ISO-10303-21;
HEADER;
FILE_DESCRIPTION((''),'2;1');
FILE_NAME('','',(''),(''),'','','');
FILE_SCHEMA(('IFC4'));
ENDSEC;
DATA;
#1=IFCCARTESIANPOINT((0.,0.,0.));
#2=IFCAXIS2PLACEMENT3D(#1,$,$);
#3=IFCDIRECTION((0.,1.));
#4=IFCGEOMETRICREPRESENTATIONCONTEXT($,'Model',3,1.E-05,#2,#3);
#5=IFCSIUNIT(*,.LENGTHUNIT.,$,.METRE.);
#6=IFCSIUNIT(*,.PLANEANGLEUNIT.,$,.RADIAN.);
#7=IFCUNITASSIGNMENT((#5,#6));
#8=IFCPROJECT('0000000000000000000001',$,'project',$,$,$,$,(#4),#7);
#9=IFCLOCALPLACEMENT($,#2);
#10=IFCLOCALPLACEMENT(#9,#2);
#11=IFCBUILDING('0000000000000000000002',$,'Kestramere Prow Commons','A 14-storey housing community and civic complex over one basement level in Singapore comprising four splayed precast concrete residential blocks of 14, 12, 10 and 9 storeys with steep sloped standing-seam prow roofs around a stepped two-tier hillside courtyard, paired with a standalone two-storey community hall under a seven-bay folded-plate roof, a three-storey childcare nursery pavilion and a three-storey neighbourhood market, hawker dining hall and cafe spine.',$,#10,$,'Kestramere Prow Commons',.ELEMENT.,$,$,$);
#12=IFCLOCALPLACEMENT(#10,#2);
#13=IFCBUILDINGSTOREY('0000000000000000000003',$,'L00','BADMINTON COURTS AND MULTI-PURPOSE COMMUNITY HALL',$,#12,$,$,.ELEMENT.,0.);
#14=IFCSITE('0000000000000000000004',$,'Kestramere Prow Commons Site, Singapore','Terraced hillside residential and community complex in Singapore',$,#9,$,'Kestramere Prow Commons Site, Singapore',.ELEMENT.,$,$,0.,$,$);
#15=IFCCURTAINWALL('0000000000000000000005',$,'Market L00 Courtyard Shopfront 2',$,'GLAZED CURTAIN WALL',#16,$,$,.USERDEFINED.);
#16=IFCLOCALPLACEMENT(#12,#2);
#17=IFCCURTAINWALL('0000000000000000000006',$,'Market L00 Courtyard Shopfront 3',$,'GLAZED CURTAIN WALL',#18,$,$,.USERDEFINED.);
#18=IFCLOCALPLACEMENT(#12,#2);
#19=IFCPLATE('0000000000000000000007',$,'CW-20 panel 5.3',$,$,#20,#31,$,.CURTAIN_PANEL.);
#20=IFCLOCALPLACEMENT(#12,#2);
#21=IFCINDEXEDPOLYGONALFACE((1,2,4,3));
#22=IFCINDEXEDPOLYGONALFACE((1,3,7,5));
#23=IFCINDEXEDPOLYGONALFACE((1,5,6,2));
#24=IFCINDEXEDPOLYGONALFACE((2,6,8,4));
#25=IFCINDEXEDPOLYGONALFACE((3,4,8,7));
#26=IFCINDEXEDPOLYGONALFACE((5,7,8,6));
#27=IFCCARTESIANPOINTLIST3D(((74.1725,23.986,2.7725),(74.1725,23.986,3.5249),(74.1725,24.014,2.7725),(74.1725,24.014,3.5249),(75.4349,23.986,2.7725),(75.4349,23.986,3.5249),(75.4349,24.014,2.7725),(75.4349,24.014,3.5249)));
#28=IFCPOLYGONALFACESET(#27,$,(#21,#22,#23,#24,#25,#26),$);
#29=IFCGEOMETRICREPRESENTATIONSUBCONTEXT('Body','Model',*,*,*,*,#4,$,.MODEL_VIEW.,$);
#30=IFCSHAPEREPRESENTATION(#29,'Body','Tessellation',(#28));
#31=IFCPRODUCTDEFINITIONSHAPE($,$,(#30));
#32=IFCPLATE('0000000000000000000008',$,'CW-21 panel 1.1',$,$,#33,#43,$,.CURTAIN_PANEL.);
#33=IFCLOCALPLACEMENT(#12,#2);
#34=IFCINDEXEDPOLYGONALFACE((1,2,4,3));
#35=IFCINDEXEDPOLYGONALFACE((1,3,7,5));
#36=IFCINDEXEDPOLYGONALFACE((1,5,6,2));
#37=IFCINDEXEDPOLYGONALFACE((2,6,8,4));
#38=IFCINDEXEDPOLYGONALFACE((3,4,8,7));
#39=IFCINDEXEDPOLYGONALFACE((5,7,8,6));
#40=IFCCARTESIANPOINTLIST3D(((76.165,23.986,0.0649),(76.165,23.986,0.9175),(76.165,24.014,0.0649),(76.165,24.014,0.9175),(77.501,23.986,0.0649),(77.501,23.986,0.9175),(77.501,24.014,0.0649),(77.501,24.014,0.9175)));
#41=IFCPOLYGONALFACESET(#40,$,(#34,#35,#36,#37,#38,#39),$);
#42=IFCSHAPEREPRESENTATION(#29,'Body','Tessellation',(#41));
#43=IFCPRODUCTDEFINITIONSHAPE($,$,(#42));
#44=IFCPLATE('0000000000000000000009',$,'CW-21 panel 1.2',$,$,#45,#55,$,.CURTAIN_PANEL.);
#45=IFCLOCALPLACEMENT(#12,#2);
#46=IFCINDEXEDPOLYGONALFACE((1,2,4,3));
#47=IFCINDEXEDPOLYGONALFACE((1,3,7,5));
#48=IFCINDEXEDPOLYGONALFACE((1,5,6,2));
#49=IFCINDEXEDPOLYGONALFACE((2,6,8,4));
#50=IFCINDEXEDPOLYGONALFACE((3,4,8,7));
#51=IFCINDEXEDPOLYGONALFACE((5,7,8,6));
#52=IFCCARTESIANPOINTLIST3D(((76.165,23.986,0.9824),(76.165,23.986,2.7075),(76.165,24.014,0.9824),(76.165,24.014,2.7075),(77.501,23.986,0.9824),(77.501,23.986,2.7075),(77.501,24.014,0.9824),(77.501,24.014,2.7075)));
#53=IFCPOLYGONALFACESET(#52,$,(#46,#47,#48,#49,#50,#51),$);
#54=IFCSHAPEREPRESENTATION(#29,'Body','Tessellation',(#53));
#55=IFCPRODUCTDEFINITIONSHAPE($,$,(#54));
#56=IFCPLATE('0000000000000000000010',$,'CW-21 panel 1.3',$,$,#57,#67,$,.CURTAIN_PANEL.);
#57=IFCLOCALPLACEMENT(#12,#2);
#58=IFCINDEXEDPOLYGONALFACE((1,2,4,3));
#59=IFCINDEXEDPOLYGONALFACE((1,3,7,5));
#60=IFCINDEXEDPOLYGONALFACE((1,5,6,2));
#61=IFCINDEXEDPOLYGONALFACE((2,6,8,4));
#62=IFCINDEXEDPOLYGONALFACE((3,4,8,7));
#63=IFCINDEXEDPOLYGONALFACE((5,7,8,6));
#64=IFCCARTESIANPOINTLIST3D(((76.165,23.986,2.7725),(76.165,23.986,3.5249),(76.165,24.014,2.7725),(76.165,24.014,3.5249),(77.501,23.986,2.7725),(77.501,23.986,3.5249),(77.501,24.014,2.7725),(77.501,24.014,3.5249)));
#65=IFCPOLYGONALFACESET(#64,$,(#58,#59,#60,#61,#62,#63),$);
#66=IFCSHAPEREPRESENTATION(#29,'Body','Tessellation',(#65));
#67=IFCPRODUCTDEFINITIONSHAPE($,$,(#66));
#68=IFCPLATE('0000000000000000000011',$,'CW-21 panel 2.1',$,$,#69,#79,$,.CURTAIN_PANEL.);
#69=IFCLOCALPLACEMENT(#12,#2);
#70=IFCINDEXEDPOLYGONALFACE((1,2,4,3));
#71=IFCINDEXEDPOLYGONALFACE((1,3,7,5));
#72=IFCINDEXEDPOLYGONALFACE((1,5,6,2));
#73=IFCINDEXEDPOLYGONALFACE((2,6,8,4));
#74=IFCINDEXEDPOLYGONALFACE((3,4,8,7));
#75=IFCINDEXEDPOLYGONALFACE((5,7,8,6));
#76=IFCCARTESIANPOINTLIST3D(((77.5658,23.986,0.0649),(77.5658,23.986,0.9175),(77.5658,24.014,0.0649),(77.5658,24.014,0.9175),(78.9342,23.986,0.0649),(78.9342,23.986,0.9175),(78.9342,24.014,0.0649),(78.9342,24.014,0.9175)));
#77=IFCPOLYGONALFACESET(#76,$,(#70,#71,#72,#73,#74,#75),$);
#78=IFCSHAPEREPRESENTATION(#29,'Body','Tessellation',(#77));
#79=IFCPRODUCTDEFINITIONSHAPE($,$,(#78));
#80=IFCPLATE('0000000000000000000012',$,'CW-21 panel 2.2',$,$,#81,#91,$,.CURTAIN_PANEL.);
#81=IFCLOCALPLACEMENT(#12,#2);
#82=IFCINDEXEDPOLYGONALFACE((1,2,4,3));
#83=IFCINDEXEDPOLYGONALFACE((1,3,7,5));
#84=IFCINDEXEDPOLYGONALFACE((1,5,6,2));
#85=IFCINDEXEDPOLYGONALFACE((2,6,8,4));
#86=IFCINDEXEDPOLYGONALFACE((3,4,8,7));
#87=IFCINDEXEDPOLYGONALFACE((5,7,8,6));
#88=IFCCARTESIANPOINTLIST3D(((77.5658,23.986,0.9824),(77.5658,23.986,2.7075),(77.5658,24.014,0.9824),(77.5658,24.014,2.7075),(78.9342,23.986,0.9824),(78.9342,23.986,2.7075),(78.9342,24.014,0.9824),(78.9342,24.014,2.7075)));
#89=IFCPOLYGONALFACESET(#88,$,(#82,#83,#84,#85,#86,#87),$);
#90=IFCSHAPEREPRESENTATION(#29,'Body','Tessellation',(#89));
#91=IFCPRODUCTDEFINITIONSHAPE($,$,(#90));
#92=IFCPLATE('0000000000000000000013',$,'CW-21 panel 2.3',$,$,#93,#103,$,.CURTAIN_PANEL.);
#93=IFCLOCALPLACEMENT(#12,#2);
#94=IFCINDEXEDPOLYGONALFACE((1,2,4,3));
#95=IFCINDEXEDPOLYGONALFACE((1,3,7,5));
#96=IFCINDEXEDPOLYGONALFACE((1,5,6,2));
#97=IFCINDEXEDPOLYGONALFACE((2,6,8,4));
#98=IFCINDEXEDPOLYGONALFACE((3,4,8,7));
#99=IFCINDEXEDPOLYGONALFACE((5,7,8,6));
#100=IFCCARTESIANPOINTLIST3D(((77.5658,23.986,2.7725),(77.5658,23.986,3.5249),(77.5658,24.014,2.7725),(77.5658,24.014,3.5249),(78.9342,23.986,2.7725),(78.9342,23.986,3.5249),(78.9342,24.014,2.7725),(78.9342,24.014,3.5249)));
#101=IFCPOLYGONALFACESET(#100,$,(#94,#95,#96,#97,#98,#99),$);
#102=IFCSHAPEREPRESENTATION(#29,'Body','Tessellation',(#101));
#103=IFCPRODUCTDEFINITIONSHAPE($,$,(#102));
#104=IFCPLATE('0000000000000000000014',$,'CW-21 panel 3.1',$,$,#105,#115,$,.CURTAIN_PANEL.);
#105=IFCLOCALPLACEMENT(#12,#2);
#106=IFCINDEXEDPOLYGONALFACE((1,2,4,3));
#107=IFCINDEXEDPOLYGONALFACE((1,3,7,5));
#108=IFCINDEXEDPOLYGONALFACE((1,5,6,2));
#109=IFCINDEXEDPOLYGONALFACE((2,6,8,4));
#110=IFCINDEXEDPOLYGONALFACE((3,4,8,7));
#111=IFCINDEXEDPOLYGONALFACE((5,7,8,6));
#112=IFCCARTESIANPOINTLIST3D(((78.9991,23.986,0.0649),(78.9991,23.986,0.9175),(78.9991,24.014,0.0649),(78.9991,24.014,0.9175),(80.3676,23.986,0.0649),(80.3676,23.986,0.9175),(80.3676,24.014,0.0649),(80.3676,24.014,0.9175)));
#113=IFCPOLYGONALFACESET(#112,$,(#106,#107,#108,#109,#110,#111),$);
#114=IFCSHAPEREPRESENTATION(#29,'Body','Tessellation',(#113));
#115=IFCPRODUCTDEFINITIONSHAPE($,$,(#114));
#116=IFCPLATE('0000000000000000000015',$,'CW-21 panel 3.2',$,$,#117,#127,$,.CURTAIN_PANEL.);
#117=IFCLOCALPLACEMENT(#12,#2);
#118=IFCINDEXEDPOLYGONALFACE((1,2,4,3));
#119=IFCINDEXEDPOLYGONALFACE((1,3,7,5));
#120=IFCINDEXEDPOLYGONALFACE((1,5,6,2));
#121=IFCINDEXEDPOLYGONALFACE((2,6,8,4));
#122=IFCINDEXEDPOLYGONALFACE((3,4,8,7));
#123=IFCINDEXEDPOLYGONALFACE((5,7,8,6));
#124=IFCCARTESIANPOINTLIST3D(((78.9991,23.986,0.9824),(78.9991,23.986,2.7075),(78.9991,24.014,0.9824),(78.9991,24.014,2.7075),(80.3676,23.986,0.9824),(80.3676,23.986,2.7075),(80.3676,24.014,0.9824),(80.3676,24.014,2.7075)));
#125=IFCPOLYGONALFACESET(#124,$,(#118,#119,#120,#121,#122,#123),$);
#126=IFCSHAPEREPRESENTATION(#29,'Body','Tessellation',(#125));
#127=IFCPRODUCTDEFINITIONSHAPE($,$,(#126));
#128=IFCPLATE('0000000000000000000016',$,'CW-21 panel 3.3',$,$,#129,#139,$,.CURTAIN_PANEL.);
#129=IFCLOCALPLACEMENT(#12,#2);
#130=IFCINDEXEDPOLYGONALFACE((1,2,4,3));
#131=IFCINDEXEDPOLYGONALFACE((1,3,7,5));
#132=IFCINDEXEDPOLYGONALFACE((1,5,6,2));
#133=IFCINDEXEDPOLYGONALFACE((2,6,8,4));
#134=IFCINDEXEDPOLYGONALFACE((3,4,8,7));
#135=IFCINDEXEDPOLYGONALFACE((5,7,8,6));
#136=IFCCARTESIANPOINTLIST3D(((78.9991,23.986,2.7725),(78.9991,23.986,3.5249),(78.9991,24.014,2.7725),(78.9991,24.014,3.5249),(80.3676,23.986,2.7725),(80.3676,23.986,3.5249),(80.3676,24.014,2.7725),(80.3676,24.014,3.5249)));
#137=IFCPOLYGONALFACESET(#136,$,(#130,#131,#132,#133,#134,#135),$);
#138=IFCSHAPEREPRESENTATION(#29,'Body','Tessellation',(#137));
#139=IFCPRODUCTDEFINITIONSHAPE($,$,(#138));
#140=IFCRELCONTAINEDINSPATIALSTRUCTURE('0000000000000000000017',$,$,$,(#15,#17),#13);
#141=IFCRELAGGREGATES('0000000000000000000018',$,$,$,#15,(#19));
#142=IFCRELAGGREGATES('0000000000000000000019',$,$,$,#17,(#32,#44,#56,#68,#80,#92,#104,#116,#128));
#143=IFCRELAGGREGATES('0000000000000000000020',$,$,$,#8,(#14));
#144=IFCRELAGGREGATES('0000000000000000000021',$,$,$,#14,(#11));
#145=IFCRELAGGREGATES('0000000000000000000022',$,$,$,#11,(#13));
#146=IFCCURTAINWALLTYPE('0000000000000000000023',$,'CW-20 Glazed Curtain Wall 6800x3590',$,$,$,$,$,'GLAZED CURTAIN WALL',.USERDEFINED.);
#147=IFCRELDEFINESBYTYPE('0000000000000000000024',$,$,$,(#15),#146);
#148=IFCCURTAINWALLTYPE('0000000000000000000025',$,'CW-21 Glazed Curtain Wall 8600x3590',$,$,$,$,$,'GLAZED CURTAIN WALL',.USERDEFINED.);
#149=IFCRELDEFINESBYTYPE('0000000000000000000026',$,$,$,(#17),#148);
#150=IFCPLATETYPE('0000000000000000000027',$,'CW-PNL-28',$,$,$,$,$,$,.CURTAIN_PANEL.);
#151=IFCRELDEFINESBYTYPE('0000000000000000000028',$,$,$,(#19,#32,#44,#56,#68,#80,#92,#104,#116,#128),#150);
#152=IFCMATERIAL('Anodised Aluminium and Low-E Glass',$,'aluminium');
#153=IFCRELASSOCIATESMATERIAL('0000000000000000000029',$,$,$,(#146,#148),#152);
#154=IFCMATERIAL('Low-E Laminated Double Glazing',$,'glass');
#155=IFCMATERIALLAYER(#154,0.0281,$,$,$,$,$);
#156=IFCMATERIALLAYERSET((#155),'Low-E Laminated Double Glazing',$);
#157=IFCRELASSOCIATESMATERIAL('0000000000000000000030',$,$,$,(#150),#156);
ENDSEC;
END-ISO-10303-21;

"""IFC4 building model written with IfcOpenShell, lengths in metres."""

from ifc_helpers import new_model, si_unit, direction, frame, origin, origin_2d, place, context, subcontext, project, spatial, rectangle, extrude, material, layer, layer_set, type_object, element, aggregate, save


model = new_model("IFC4")

# Units and contexts
model_context = context("Model", 3, precision=1e-05, world=origin(), true_north=direction((0.0, 1.0)))
body_context = subcontext(model_context, "Body", "Model", "MODEL_VIEW")
ifc_project = project(units=[si_unit("LENGTHUNIT", "METRE"), si_unit("PLANEANGLEUNIT", "RADIAN")], contexts=[model_context])

# Site, building, storey
site_placement = place(None, origin())
site = spatial("IfcSite", under=ifc_project, at=site_placement, Name="Kestramere Prow Commons Site, Singapore", Description="Terraced hillside residential and community complex in Singapore", LongName="Kestramere Prow Commons Site, Singapore", CompositionType="ELEMENT", RefElevation=0.0)
building_placement = place(site_placement, origin())
building = spatial("IfcBuilding", under=site, at=building_placement, Name="Kestramere Prow Commons", Description="A 14-storey housing community and civic complex over one basement level in Singapore comprising four splayed precast concrete residential blocks of 14, 12, 10 and 9 storeys with steep sloped standing-seam prow roofs around a stepped two-tier hillside courtyard, paired with a standalone two-storey community hall under a seven-bay folded-plate roof, a three-storey childcare nursery pavilion and a three-storey neighbourhood market, hawker dining hall and cafe spine.", LongName="Kestramere Prow Commons", CompositionType="ELEMENT")
storey_placement = place(building_placement, origin())
storey = spatial("IfcBuildingStorey", under=building, at=storey_placement, Name="L00", Description="BADMINTON COURTS AND MULTI-PURPOSE COMMUNITY HALL", CompositionType="ELEMENT", Elevation=0.0)

# Curtain wall
ifc_material_1 = material(Name="Anodised Aluminium and Low-E Glass", Category="aluminium")
curtain_wall_type_1 = type_object("IfcCurtainWallType", Name="CW-20 Glazed Curtain Wall 6800x3590", ElementType="GLAZED CURTAIN WALL", PredefinedType="USERDEFINED", material=ifc_material_1)
curtain_wall_1_placement = place(storey_placement, origin())
curtain_wall_1 = element("IfcCurtainWall", 1, at=curtain_wall_1_placement, inside=storey, type_object=curtain_wall_type_1, Name="Market L00 Courtyard Shopfront 2", ObjectType="GLAZED CURTAIN WALL", PredefinedType="USERDEFINED")

# Curtain wall
curtain_wall_type_2 = type_object("IfcCurtainWallType", Name="CW-21 Glazed Curtain Wall 8600x3590", ElementType="GLAZED CURTAIN WALL", PredefinedType="USERDEFINED", material=ifc_material_1)
curtain_wall_2_placement = place(storey_placement, origin())
curtain_wall_2 = element("IfcCurtainWall", 2, at=curtain_wall_2_placement, inside=storey, type_object=curtain_wall_type_2, Name="Market L00 Courtyard Shopfront 3", ObjectType="GLAZED CURTAIN WALL", PredefinedType="USERDEFINED")

# Plates
ifc_material_2 = material(Name="Low-E Laminated Double Glazing", Category="glass")
ifc_layer = layer(ifc_material_2, 0.0281)
ifc_layer_set = layer_set([ifc_layer], Name="Low-E Laminated Double Glazing")
plate_type = type_object("IfcPlateType", Name="CW-PNL-28", PredefinedType="CURTAIN_PANEL", material=ifc_layer_set)
plate_1_placement = place(storey_placement, frame((74.8037, 24.0, 2.7725), z_axis=(0.0, 0.0, 1.0), x_axis=(1.0, 0.0, 0.0)))
plate_1 = element("IfcPlate", 3, at=plate_1_placement, type_object=plate_type, Name="CW-20 panel 5.3", PredefinedType="CURTAIN_PANEL", context=body_context, shape_type="SweptSolid", body=[
    extrude(rectangle(XDim=1.2625, YDim=0.0281, at=origin_2d()), origin(), (0.0, 0.0, 1.0), 0.7524),
])
aggregate(curtain_wall_1, [plate_1])
plate_2_placement = place(storey_placement, frame((76.833, 24.0, 0.0649), z_axis=(0.0, 0.0, 1.0), x_axis=(1.0, 0.0, 0.0)))
plate_2 = element("IfcPlate", 4, at=plate_2_placement, type_object=plate_type, Name="CW-21 panel 1.1", PredefinedType="CURTAIN_PANEL", context=body_context, shape_type="SweptSolid", body=[
    extrude(rectangle(XDim=1.3359, YDim=0.0281, at=origin_2d()), origin(), (0.0, 0.0, 1.0), 0.8525),
])
plate_3_placement = place(storey_placement, frame((76.833, 24.0, 0.9824), z_axis=(0.0, 0.0, 1.0), x_axis=(1.0, 0.0, 0.0)))
plate_3 = element("IfcPlate", 5, at=plate_3_placement, type_object=plate_type, Name="CW-21 panel 1.2", PredefinedType="CURTAIN_PANEL", context=body_context, shape_type="SweptSolid", body=[
    extrude(rectangle(XDim=1.3359, YDim=0.0281, at=origin_2d()), origin(), (0.0, 0.0, 1.0), 1.7251),
])
plate_4_placement = place(storey_placement, frame((76.833, 24.0, 2.7725), z_axis=(0.0, 0.0, 1.0), x_axis=(1.0, 0.0, 0.0)))
plate_4 = element("IfcPlate", 6, at=plate_4_placement, type_object=plate_type, Name="CW-21 panel 1.3", PredefinedType="CURTAIN_PANEL", context=body_context, shape_type="SweptSolid", body=[
    extrude(rectangle(XDim=1.3359, YDim=0.0281, at=origin_2d()), origin(), (0.0, 0.0, 1.0), 0.7524),
])
plate_5_placement = place(storey_placement, frame((78.25, 24.0, 0.0649), z_axis=(0.0, 0.0, 1.0), x_axis=(1.0, 0.0, 0.0)))
plate_5 = element("IfcPlate", 7, at=plate_5_placement, type_object=plate_type, Name="CW-21 panel 2.1", PredefinedType="CURTAIN_PANEL", context=body_context, shape_type="SweptSolid", body=[
    extrude(rectangle(XDim=1.3684, YDim=0.0281, at=origin_2d()), origin(), (0.0, 0.0, 1.0), 0.8525),
])
plate_6_placement = place(storey_placement, frame((78.25, 24.0, 0.9824), z_axis=(0.0, 0.0, 1.0), x_axis=(1.0, 0.0, 0.0)))
plate_6 = element("IfcPlate", 8, at=plate_6_placement, type_object=plate_type, Name="CW-21 panel 2.2", PredefinedType="CURTAIN_PANEL", context=body_context, shape_type="SweptSolid", body=[
    extrude(rectangle(XDim=1.3684, YDim=0.0281, at=origin_2d()), origin(), (0.0, 0.0, 1.0), 1.7251),
])
plate_7_placement = place(storey_placement, frame((78.25, 24.0, 2.7725), z_axis=(0.0, 0.0, 1.0), x_axis=(1.0, 0.0, 0.0)))
plate_7 = element("IfcPlate", 9, at=plate_7_placement, type_object=plate_type, Name="CW-21 panel 2.3", PredefinedType="CURTAIN_PANEL", context=body_context, shape_type="SweptSolid", body=[
    extrude(rectangle(XDim=1.3684, YDim=0.0281, at=origin_2d()), origin(), (0.0, 0.0, 1.0), 0.7524),
])
plate_8_placement = place(storey_placement, frame((79.6833, 24.0, 0.0649), z_axis=(0.0, 0.0, 1.0), x_axis=(1.0, 0.0, 0.0)))
plate_8 = element("IfcPlate", 10, at=plate_8_placement, type_object=plate_type, Name="CW-21 panel 3.1", PredefinedType="CURTAIN_PANEL", context=body_context, shape_type="SweptSolid", body=[
    extrude(rectangle(XDim=1.3684, YDim=0.0281, at=origin_2d()), origin(), (0.0, 0.0, 1.0), 0.8525),
])
plate_9_placement = place(storey_placement, frame((79.6833, 24.0, 0.9824), z_axis=(0.0, 0.0, 1.0), x_axis=(1.0, 0.0, 0.0)))
plate_9 = element("IfcPlate", 11, at=plate_9_placement, type_object=plate_type, Name="CW-21 panel 3.2", PredefinedType="CURTAIN_PANEL", context=body_context, shape_type="SweptSolid", body=[
    extrude(rectangle(XDim=1.3684, YDim=0.0281, at=origin_2d()), origin(), (0.0, 0.0, 1.0), 1.7251),
])
plate_10_placement = place(storey_placement, frame((79.6833, 24.0, 2.7725), z_axis=(0.0, 0.0, 1.0), x_axis=(1.0, 0.0, 0.0)))
plate_10 = element("IfcPlate", 12, at=plate_10_placement, type_object=plate_type, Name="CW-21 panel 3.3", PredefinedType="CURTAIN_PANEL", context=body_context, shape_type="SweptSolid", body=[
    extrude(rectangle(XDim=1.3684, YDim=0.0281, at=origin_2d()), origin(), (0.0, 0.0, 1.0), 0.7524),
])
aggregate(curtain_wall_2, [plate_2, plate_3, plate_4, plate_5, plate_6, plate_7, plate_8, plate_9, plate_10])

save(model, "model.ifc")
